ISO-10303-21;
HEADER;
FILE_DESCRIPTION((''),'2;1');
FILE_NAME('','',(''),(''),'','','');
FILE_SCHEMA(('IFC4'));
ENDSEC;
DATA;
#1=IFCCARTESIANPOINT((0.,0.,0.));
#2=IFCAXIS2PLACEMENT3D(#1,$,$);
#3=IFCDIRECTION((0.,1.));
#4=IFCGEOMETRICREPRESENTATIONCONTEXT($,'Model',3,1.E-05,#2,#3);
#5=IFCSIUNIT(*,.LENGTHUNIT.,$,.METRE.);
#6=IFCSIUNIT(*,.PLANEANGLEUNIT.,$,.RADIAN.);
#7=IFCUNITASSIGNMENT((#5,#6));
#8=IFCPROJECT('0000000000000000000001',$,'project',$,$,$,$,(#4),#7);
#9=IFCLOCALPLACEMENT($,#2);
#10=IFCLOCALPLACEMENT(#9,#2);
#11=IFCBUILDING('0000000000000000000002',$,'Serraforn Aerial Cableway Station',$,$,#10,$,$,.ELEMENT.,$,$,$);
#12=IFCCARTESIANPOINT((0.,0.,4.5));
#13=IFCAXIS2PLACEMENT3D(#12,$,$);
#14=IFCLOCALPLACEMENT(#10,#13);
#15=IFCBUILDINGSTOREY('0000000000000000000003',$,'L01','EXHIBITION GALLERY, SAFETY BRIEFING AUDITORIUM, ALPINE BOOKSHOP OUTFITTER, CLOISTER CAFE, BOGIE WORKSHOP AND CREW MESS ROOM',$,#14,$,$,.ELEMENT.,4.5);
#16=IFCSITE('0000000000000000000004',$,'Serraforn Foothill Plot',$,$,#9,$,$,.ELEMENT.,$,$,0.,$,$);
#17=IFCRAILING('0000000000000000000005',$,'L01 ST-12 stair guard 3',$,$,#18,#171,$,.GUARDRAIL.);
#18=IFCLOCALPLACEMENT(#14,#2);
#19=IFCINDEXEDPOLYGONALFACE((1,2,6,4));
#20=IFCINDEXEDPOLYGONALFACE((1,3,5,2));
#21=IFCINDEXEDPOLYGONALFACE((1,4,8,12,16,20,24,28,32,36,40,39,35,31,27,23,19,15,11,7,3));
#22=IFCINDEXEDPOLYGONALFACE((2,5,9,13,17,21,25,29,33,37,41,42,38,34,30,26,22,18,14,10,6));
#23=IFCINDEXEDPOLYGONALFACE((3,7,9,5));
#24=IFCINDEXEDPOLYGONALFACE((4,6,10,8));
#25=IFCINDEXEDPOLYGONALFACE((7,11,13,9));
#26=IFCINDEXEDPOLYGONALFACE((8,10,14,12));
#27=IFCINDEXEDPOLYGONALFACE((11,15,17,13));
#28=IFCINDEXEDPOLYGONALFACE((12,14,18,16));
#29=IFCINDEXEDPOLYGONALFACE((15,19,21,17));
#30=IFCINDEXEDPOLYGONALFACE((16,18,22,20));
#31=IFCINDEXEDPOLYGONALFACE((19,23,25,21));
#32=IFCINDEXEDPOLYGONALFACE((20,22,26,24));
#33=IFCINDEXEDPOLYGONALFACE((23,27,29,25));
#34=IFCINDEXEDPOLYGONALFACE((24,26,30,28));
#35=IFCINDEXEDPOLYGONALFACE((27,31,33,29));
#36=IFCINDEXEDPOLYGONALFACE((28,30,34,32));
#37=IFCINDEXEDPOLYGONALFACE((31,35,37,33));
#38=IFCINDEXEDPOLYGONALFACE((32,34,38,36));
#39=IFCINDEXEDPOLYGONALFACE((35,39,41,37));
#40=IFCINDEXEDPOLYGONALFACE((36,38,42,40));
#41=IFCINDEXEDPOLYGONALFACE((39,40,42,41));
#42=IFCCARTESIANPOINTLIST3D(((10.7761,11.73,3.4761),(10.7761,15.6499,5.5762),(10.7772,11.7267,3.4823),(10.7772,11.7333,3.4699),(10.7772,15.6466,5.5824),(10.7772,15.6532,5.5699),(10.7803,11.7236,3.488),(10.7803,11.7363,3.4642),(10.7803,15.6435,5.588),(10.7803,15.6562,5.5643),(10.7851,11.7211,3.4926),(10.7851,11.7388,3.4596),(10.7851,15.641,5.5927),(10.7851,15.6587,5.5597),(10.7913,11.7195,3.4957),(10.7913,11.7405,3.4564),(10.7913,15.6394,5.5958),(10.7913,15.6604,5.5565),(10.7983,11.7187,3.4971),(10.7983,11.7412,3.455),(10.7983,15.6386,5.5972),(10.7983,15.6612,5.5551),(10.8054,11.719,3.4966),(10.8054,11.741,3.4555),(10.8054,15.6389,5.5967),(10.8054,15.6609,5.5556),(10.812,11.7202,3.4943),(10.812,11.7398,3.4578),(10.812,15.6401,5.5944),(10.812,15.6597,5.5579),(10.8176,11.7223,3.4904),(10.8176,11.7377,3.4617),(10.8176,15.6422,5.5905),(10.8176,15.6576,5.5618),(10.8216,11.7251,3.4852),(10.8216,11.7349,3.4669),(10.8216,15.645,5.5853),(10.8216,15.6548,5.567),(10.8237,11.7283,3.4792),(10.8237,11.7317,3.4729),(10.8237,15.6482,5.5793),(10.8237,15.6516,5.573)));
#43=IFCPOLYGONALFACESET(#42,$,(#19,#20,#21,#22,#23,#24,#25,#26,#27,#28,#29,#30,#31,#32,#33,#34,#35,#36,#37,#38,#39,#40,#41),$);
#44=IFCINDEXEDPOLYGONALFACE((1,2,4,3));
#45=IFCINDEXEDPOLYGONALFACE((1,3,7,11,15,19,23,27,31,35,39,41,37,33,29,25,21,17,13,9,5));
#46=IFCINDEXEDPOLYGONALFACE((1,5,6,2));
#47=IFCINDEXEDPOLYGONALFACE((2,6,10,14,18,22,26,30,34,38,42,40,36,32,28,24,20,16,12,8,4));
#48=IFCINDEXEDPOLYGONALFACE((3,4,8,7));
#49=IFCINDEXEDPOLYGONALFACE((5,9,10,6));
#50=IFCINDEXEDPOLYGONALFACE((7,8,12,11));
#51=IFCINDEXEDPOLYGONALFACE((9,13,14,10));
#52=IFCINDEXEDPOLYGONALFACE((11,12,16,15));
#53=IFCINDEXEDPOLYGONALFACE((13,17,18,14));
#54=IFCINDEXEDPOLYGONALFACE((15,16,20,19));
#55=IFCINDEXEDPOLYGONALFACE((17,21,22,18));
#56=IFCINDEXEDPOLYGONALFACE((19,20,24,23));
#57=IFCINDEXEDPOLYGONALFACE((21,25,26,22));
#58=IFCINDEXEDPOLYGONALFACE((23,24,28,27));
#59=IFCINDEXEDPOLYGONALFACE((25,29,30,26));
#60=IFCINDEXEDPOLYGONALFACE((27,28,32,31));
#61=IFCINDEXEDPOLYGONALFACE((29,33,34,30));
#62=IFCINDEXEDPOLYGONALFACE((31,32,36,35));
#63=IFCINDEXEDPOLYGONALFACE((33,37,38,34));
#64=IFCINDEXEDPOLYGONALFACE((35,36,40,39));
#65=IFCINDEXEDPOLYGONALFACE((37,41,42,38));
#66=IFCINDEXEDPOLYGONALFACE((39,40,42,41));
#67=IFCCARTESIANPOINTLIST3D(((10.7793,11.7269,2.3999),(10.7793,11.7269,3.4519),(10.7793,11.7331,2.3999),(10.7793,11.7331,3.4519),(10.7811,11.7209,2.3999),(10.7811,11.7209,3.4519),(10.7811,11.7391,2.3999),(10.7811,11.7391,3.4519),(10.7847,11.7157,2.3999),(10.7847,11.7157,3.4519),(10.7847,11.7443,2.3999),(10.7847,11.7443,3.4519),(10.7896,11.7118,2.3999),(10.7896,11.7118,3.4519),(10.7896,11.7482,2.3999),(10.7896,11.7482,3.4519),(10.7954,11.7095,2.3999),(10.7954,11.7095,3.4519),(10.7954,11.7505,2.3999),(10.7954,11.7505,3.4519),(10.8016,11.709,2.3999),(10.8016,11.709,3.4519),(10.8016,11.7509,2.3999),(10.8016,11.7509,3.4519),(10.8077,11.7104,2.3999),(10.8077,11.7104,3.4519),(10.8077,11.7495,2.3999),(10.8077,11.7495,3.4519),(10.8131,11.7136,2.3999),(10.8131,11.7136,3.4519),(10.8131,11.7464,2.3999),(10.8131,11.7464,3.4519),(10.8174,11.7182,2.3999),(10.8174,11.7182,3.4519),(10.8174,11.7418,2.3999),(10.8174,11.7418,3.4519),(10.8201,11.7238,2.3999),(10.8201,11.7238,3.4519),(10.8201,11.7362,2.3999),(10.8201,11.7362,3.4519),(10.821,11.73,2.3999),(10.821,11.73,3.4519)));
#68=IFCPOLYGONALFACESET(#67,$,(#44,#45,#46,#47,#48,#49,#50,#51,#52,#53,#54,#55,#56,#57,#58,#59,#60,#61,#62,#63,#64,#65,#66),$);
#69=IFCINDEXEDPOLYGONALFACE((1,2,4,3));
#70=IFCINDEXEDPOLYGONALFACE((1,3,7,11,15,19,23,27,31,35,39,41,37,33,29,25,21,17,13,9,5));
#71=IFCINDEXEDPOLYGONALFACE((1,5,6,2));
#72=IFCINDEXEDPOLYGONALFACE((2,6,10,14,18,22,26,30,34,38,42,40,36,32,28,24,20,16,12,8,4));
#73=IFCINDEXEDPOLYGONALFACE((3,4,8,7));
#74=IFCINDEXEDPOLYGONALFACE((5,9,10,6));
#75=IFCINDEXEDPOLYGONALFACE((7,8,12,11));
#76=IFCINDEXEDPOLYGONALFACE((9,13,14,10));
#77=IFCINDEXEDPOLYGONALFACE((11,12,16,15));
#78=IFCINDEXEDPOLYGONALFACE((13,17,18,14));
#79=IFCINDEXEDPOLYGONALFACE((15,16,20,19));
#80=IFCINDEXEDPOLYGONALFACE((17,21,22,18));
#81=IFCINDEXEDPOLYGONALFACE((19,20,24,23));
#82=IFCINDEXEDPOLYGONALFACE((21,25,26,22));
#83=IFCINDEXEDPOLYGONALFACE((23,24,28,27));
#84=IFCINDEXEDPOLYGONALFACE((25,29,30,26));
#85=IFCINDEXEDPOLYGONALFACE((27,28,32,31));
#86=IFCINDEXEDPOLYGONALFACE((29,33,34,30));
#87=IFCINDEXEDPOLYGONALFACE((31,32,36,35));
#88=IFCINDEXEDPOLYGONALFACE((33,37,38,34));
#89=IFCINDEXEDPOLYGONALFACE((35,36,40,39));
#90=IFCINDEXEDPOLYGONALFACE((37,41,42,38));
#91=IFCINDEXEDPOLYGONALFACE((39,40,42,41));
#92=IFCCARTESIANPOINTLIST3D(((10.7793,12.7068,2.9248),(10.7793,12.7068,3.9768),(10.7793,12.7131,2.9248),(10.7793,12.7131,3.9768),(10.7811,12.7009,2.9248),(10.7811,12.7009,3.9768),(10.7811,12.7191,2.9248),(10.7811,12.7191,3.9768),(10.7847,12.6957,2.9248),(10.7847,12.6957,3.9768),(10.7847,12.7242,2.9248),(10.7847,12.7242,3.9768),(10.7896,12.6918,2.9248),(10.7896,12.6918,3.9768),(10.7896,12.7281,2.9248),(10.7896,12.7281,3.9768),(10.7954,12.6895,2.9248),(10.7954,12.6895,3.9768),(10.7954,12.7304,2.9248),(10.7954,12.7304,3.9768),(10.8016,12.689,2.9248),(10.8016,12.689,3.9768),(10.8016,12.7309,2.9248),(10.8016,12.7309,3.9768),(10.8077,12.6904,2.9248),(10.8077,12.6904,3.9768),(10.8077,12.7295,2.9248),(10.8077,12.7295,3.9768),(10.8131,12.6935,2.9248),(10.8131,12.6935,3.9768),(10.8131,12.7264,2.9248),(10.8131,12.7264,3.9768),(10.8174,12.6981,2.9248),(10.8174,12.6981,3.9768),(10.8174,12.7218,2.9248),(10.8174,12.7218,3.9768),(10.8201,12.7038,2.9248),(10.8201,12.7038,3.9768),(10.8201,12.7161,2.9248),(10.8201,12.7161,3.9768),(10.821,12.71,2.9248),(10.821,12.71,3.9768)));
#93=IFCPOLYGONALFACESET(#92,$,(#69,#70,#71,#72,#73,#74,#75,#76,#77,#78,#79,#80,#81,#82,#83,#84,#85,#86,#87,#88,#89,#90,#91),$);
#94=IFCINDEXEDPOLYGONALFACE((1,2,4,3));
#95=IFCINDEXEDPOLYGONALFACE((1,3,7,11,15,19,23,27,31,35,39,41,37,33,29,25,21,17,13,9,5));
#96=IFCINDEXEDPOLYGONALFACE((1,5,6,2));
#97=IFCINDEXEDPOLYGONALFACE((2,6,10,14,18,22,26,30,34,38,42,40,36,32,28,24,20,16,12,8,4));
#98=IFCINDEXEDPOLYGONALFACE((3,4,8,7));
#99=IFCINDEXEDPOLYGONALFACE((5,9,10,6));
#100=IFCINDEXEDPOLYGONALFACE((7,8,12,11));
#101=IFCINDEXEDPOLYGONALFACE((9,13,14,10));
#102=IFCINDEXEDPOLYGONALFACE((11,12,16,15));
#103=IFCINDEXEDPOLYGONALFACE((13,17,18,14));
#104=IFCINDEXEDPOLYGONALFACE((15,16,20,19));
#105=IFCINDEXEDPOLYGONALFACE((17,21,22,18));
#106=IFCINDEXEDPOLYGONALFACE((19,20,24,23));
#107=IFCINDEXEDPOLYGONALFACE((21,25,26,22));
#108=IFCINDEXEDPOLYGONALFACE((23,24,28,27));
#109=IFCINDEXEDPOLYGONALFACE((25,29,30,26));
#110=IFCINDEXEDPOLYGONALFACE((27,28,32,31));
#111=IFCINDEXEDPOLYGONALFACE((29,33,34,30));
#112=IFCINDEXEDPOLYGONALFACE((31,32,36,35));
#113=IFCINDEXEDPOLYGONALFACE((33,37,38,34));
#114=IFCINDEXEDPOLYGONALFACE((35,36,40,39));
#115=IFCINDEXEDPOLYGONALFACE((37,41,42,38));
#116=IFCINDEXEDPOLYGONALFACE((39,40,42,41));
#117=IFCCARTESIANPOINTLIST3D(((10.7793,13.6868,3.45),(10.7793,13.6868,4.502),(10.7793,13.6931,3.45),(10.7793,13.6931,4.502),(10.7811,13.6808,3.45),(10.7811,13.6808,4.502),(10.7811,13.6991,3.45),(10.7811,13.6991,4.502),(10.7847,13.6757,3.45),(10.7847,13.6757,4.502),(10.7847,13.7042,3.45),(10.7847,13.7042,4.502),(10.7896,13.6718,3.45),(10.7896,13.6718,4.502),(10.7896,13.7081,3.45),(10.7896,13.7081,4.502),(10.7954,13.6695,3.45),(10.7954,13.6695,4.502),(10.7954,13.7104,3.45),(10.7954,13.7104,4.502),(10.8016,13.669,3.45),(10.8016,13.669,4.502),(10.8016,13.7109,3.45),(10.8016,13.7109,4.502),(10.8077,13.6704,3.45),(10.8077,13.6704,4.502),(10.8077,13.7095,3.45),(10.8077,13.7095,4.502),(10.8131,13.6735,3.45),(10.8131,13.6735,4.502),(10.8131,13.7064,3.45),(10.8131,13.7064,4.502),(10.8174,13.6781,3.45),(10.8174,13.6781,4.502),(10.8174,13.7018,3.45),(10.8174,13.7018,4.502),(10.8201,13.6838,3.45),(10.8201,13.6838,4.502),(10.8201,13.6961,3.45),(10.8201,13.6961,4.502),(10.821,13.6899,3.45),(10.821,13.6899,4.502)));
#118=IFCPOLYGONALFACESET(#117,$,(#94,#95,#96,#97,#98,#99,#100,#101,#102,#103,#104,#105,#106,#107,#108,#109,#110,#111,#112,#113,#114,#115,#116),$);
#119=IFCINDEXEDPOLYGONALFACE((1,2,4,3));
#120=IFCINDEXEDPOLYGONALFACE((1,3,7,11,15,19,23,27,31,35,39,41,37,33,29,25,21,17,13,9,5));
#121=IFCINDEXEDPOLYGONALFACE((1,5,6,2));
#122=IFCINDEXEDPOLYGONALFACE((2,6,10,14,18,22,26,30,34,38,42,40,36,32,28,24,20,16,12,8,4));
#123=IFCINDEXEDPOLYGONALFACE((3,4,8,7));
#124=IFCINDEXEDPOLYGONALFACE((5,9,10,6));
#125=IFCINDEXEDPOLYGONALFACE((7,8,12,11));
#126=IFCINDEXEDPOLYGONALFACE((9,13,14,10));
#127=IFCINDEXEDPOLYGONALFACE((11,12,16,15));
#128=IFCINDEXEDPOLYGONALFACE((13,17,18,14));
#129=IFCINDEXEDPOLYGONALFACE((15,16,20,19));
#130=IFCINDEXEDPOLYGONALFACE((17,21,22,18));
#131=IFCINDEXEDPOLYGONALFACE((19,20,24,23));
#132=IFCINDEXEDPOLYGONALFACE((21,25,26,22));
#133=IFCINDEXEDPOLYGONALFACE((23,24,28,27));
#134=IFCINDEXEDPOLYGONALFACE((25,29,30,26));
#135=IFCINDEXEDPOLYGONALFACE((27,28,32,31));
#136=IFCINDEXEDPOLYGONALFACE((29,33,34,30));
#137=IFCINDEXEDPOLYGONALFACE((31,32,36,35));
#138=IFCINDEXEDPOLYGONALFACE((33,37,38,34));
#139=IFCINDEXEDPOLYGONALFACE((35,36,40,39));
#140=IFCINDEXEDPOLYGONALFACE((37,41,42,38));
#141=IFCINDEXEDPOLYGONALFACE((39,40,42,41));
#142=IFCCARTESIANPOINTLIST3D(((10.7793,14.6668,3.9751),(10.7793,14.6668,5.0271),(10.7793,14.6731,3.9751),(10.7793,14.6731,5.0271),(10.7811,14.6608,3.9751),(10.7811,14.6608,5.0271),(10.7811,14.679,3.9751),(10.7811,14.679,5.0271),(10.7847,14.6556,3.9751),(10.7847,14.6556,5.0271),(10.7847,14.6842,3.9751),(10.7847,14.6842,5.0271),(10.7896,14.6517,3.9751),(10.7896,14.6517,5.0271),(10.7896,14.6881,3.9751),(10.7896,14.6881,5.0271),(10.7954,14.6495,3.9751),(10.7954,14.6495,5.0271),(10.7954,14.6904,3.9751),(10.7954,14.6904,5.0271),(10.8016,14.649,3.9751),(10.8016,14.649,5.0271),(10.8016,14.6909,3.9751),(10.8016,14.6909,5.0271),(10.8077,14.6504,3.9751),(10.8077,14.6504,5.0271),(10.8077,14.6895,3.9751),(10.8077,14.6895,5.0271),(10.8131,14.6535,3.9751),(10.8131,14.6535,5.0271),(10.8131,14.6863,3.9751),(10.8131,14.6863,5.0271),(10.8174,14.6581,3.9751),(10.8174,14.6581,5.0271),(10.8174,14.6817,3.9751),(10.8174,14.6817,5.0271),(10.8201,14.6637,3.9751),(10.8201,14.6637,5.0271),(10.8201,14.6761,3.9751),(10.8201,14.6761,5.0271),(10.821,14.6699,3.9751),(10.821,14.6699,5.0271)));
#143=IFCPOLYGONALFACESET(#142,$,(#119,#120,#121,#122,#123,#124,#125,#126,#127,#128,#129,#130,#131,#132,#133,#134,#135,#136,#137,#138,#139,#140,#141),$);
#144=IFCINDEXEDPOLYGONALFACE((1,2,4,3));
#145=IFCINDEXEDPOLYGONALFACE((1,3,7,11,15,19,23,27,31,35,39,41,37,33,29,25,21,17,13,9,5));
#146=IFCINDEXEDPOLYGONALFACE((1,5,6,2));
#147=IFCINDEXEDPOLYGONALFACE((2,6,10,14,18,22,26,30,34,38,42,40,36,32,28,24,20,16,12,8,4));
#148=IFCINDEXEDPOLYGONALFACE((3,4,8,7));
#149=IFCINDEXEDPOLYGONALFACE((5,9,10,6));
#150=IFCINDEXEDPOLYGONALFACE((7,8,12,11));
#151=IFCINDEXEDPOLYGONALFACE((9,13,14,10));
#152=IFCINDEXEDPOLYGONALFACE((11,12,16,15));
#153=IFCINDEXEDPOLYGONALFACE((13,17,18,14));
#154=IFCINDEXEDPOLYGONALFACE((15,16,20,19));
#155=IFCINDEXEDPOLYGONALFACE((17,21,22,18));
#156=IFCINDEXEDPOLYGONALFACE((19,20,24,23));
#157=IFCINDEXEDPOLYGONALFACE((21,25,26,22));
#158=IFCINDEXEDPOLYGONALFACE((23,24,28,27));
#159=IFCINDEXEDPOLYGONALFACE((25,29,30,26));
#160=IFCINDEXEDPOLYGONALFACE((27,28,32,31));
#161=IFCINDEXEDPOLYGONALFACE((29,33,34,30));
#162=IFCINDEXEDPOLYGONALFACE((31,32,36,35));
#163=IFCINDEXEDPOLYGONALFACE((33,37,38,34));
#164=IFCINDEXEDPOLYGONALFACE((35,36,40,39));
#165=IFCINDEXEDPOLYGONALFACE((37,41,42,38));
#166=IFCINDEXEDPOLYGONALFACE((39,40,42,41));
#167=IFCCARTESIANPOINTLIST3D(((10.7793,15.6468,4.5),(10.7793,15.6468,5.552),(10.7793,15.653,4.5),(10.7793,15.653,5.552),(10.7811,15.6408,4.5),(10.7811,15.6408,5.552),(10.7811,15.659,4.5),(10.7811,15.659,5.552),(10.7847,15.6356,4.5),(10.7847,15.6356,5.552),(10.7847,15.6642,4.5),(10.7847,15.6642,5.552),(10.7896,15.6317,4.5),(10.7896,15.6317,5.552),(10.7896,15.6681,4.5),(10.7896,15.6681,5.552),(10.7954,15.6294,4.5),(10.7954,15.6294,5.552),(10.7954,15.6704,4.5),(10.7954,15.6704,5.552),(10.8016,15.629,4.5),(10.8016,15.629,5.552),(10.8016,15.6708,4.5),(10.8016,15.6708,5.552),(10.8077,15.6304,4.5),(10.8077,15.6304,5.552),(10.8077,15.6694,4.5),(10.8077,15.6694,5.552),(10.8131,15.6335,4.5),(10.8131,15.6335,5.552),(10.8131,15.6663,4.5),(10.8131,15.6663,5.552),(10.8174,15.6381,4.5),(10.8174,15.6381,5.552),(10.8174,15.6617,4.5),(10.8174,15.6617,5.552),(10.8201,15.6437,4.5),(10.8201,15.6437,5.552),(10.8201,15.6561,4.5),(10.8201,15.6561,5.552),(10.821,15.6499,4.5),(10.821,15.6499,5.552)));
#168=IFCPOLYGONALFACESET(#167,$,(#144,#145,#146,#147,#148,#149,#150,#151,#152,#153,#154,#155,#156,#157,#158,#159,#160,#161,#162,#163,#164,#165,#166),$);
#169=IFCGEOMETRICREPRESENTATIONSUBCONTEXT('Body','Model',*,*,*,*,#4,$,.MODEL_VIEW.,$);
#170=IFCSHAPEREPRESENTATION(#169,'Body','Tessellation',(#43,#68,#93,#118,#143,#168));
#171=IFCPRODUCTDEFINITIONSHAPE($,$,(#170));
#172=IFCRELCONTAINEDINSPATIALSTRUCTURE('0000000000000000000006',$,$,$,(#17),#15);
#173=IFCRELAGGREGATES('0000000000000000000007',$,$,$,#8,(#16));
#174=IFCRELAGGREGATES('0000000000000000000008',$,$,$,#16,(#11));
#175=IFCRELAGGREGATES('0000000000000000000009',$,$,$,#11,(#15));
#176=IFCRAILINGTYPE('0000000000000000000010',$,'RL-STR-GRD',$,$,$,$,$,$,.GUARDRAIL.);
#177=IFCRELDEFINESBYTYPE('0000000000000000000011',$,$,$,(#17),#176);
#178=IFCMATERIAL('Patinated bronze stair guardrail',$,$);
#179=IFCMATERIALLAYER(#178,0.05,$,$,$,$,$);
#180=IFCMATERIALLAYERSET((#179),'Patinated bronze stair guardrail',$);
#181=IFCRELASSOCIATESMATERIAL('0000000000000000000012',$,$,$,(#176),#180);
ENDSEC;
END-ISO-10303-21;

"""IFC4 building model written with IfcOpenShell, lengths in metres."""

from ifc_helpers import new_model, si_unit, direction, frame, origin, origin_2d, place, context, subcontext, project, spatial, circle, extrude, material, layer, layer_set, type_object, element, save


model = new_model("IFC4")

# Units and contexts
model_context = context("Model", 3, precision=1e-05, world=origin(), true_north=direction((0.0, 1.0)))
body_context = subcontext(model_context, "Body", "Model", "MODEL_VIEW")
ifc_project = project(units=[si_unit("LENGTHUNIT", "METRE"), si_unit("PLANEANGLEUNIT", "RADIAN")], contexts=[model_context])

# Site, building, storey
site_placement = place(None, origin())
site = spatial("IfcSite", under=ifc_project, at=site_placement, Name="Serraforn Foothill Plot", CompositionType="ELEMENT", RefElevation=0.0)
building_placement = place(site_placement, origin())
building = spatial("IfcBuilding", under=site, at=building_placement, Name="Serraforn Aerial Cableway Station", CompositionType="ELEMENT")
storey_placement = place(building_placement, frame((0.0, 0.0, 4.5)))
storey = spatial("IfcBuildingStorey", under=building, at=storey_placement, Name="L01", Description="EXHIBITION GALLERY, SAFETY BRIEFING AUDITORIUM, ALPINE BOOKSHOP OUTFITTER, CLOISTER CAFE, BOGIE WORKSHOP AND CREW MESS ROOM", CompositionType="ELEMENT", Elevation=4.5)

# Railing
ifc_material_1 = material(Name="Patinated bronze stair guardrail")
ifc_layer_1 = layer(ifc_material_1, 0.05)
ifc_layer_set_1 = layer_set([ifc_layer_1], Name="Patinated bronze stair guardrail")
railing_type_1 = type_object("IfcRailingType", Name="RL-STR-GRD", PredefinedType="GUARDRAIL", material=ifc_layer_set_1)
railing_1_placement = place(storey_placement, frame((10.8, 11.73, 2.3999)))
element("IfcRailing", 1, at=railing_1_placement, inside=storey, type_object=railing_type_1, Name="L01 ST-12 stair guard 3", PredefinedType="GUARDRAIL", context=body_context, shape_type="SweptSolid", body=[
    extrude(circle(Radius=0.0239, at=origin_2d()), frame((0.0, 0.0, 1.0762), z_axis=(0.0, 0.881467, 0.472246), x_axis=(-1.0, 0.0, 0.0)), (0.0, 0.0, 1.0), 4.447),
    extrude(circle(Radius=0.021, at=origin_2d()), origin(), (0.0, 0.0, 1.0), 1.052),
    extrude(circle(Radius=0.021, at=origin_2d()), frame((0.0, 0.98, 0.5249)), (0.0, 0.0, 1.0), 1.052),
    extrude(circle(Radius=0.021, at=origin_2d()), frame((0.0, 1.96, 1.05)), (0.0, 0.0, 1.0), 1.052),
    extrude(circle(Radius=0.021, at=origin_2d()), frame((0.0, 2.9399, 1.5752)), (0.0, 0.0, 1.0), 1.052),
    extrude(circle(Radius=0.021, at=origin_2d()), frame((0.0, 3.9199, 2.1001)), (0.0, 0.0, 1.0), 1.052),
])

save(model, "model.ifc")
